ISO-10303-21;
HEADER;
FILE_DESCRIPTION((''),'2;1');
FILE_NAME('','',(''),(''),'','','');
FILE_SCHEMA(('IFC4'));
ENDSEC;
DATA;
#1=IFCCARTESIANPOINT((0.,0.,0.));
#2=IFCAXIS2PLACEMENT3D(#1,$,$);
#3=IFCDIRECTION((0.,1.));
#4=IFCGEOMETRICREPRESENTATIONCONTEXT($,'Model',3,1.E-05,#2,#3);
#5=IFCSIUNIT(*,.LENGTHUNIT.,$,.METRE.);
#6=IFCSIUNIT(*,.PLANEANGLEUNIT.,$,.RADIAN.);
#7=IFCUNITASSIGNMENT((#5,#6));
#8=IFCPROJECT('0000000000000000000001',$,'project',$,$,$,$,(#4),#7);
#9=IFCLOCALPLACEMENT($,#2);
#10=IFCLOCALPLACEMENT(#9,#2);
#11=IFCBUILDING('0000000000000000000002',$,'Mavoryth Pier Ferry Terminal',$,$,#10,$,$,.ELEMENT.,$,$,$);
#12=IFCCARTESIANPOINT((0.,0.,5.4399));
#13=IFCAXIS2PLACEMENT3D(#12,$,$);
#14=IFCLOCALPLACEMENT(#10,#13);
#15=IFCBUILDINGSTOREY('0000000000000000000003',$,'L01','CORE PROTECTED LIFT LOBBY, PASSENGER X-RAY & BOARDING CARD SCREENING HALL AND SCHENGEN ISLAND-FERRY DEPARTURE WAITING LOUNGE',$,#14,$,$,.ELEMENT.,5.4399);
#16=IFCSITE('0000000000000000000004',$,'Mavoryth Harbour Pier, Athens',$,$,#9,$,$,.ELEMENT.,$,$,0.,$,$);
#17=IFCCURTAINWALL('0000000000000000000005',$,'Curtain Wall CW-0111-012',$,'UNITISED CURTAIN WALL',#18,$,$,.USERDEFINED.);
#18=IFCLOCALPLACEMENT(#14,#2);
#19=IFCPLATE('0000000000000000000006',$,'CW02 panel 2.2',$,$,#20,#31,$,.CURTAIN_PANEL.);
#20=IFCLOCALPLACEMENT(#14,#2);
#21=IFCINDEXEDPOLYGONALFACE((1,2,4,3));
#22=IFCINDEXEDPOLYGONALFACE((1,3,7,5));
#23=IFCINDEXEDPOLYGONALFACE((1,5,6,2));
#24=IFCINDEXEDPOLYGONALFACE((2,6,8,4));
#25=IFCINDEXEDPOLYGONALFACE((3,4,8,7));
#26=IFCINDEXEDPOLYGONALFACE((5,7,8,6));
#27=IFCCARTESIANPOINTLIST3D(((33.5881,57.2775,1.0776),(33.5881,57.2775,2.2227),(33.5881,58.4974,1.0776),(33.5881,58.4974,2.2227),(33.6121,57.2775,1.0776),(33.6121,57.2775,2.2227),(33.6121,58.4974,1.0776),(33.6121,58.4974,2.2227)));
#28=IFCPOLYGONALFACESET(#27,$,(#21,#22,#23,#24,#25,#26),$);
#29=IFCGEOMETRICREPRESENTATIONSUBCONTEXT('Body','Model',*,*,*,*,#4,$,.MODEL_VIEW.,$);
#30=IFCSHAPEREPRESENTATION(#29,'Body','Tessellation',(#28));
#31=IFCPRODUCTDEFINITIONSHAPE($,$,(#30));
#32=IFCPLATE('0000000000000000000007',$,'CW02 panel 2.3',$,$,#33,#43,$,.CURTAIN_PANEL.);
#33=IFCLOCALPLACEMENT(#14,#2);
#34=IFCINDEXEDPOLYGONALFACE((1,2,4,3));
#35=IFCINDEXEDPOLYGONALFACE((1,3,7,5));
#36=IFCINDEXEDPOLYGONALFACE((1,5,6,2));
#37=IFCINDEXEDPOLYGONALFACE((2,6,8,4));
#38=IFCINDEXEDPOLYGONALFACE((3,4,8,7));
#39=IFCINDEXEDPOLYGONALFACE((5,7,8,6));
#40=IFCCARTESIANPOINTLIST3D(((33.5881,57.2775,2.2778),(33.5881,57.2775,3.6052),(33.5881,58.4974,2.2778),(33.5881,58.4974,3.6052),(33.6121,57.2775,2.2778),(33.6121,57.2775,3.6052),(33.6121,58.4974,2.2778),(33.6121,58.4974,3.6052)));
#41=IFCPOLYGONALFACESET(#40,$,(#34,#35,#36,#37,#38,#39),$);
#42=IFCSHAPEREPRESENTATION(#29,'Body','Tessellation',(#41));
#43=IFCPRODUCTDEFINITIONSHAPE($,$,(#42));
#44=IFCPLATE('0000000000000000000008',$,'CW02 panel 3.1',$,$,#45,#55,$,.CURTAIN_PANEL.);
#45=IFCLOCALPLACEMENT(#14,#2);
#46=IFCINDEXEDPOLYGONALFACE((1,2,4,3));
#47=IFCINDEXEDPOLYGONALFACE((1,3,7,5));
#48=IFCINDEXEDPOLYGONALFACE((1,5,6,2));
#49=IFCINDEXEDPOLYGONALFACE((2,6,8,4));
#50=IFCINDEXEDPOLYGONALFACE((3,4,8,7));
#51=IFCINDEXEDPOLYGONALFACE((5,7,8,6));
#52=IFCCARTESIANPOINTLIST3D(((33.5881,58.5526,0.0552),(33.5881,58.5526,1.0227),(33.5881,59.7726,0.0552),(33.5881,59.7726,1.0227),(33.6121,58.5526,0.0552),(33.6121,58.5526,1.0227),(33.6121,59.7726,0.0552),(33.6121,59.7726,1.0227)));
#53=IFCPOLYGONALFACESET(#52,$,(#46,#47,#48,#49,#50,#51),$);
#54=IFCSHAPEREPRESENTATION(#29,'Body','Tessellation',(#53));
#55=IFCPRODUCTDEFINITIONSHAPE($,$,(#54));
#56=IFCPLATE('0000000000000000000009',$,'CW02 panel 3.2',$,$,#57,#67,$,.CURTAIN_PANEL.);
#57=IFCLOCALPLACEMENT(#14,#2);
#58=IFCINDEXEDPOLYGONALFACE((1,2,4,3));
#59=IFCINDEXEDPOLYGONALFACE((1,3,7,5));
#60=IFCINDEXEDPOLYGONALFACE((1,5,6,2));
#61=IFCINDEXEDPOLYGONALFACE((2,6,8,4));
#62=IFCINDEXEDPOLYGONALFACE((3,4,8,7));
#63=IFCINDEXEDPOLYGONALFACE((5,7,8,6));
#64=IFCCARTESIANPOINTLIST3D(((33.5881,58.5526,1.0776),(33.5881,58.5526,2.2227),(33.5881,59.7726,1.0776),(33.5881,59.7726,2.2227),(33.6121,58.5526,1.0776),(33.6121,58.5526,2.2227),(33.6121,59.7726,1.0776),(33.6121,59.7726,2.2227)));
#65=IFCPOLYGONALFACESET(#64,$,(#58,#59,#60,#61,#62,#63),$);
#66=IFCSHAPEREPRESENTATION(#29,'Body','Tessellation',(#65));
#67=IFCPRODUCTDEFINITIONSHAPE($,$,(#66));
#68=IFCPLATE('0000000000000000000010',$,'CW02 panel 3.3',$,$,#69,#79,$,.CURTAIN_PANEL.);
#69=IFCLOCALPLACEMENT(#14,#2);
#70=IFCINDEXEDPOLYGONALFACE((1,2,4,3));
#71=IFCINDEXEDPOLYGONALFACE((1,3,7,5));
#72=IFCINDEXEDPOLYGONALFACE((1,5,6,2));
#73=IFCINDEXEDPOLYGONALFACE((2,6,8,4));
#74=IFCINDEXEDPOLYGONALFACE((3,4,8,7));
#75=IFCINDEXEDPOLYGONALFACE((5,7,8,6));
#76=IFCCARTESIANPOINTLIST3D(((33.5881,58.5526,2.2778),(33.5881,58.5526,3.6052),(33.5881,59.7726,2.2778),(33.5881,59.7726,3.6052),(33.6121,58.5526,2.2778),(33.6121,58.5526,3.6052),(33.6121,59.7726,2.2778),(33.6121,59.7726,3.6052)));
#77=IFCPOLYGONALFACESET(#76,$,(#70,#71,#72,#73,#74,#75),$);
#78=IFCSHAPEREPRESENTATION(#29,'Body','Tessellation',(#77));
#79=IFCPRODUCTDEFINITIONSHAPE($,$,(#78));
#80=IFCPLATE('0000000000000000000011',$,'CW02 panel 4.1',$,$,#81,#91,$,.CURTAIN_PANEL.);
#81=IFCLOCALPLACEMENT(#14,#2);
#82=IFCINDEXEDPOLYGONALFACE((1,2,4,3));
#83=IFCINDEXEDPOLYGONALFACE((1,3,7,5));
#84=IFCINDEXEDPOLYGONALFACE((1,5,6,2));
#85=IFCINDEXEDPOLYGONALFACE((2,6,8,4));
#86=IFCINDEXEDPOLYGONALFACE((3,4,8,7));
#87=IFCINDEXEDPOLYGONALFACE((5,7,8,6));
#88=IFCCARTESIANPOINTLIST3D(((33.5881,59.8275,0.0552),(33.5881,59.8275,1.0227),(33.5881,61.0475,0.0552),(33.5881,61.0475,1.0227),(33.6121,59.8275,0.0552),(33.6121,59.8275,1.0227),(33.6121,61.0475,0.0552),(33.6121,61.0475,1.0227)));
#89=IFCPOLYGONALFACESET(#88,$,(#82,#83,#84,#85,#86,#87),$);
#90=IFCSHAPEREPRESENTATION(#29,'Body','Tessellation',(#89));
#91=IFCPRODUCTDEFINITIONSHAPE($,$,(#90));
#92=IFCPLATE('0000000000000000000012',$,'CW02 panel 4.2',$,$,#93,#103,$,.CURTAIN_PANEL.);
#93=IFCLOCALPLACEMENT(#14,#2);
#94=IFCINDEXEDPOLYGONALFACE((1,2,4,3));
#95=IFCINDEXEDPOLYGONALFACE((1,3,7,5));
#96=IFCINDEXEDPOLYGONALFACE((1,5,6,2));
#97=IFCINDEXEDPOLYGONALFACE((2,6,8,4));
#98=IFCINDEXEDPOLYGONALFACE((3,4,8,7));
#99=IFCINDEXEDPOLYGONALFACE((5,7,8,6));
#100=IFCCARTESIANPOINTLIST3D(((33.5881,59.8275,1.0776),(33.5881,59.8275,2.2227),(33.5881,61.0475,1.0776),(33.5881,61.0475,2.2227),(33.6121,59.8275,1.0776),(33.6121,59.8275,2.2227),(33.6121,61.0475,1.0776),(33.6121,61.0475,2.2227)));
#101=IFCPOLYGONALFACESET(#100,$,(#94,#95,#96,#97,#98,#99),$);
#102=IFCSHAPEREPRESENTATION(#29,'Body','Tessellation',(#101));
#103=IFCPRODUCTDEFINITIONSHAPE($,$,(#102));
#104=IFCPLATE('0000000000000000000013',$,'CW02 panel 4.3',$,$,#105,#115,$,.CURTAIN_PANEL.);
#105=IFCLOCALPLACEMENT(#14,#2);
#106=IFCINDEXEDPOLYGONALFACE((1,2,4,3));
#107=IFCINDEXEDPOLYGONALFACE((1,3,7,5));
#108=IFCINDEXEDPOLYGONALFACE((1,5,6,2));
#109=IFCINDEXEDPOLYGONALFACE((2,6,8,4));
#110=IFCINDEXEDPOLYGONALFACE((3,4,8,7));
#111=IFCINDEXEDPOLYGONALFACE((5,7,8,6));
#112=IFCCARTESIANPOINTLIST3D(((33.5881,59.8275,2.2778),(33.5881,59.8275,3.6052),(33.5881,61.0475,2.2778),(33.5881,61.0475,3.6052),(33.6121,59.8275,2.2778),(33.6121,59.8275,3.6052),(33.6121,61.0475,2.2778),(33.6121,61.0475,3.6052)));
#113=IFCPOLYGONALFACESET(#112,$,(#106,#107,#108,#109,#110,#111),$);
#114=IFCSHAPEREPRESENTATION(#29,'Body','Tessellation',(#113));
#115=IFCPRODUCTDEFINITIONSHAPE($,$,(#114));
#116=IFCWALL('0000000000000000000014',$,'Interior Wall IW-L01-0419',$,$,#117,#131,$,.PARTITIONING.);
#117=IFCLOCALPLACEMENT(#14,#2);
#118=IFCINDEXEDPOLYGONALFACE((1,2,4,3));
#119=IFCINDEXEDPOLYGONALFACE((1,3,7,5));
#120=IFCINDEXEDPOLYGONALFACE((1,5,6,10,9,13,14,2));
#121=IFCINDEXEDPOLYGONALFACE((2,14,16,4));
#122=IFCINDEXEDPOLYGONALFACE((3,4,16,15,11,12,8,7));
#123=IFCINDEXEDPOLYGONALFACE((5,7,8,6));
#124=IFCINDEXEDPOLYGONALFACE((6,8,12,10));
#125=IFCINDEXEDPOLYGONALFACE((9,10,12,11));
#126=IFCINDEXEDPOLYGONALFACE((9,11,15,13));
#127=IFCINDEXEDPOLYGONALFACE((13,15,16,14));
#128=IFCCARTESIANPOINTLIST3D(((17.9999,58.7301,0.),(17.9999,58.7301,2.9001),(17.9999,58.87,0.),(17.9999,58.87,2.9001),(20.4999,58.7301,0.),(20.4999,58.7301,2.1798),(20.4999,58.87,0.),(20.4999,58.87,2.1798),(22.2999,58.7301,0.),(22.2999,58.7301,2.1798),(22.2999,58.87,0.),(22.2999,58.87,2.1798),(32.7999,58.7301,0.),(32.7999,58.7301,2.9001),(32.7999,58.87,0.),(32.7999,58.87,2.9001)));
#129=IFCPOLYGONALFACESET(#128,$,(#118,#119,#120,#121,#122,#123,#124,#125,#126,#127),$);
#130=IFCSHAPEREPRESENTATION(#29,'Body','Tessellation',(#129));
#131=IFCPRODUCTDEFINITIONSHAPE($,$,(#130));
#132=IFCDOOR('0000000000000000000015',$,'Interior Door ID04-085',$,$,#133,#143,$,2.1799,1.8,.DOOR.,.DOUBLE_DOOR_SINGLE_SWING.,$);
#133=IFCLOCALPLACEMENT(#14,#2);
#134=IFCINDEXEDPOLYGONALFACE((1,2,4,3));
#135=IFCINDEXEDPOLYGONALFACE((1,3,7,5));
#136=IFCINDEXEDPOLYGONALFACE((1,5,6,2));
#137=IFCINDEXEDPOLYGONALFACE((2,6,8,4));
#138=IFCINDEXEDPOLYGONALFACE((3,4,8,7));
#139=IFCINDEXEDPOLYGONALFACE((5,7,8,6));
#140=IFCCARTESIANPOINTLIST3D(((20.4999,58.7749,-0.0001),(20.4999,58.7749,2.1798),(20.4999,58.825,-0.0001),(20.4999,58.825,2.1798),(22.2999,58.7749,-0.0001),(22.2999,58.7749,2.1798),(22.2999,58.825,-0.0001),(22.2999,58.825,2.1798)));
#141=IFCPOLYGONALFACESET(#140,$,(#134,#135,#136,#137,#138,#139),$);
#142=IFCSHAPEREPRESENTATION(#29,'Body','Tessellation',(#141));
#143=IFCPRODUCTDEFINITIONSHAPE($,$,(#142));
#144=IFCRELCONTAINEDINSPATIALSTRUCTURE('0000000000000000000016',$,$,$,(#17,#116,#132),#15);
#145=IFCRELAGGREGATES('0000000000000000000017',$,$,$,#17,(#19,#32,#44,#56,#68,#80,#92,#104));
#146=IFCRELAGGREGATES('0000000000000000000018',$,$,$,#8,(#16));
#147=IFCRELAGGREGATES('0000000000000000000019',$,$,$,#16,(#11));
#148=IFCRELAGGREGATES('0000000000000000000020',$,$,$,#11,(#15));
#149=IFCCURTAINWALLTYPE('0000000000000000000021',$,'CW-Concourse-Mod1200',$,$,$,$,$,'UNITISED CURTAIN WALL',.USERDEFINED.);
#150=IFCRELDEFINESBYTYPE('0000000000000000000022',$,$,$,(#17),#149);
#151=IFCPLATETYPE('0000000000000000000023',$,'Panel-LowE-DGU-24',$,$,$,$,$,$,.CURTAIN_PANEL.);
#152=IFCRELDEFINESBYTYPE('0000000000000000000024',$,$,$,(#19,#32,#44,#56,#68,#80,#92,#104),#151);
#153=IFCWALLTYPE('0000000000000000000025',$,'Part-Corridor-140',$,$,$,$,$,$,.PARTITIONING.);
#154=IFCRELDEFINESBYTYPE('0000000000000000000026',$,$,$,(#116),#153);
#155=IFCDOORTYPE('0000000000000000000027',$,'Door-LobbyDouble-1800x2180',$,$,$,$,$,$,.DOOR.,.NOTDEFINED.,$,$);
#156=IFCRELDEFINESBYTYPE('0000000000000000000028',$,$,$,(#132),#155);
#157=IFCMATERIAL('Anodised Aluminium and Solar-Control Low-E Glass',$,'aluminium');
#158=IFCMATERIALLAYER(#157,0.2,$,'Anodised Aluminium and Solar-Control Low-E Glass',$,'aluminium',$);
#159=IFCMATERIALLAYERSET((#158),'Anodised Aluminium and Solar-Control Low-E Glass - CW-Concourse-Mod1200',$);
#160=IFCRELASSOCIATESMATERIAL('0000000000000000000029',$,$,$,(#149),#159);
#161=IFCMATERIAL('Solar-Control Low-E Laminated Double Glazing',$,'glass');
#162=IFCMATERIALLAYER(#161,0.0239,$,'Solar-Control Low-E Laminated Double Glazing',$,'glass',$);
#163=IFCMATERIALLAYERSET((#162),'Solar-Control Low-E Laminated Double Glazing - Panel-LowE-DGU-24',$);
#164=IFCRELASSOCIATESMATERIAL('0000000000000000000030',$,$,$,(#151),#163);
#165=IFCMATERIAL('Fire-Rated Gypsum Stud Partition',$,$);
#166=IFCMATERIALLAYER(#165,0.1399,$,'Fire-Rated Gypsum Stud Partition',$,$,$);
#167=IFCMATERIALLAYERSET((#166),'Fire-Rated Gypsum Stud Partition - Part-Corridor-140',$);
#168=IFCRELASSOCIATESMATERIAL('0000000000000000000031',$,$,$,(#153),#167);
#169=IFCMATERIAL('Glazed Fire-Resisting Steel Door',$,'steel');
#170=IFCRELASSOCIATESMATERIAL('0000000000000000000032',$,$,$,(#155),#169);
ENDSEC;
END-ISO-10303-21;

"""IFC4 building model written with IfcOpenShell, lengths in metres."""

from ifc_helpers import new_model, si_unit, direction, frame, frame_2d, origin, origin_2d, place, context, subcontext, project, spatial, rectangle, extrude, material, layer, layer_set, type_object, element, fill, aggregate, save


model = new_model("IFC4")

# Units and contexts
model_context = context("Model", 3, precision=1e-05, world=origin(), true_north=direction((0.0, 1.0)))
body_context = subcontext(model_context, "Body", "Model", "MODEL_VIEW")
ifc_project = project(units=[si_unit("LENGTHUNIT", "METRE"), si_unit("PLANEANGLEUNIT", "RADIAN")], contexts=[model_context])

# Site, building, storey
site_placement = place(None, origin())
site = spatial("IfcSite", under=ifc_project, at=site_placement, Name="Mavoryth Harbour Pier, Athens", CompositionType="ELEMENT", RefElevation=0.0)
building_placement = place(site_placement, origin())
building = spatial("IfcBuilding", under=site, at=building_placement, Name="Mavoryth Pier Ferry Terminal", CompositionType="ELEMENT")
storey_placement = place(building_placement, frame((0.0, 0.0, 5.4399)))
storey = spatial("IfcBuildingStorey", under=building, at=storey_placement, Name="L01", Description="CORE PROTECTED LIFT LOBBY, PASSENGER X-RAY & BOARDING CARD SCREENING HALL AND SCHENGEN ISLAND-FERRY DEPARTURE WAITING LOUNGE", CompositionType="ELEMENT", Elevation=5.4399)

# Curtain wall, plates
ifc_material_1 = material(Name="Anodised Aluminium and Solar-Control Low-E Glass", Category="aluminium")
ifc_layer_1 = layer(ifc_material_1, 0.2, Name="Anodised Aluminium and Solar-Control Low-E Glass", Category="aluminium")
ifc_layer_set_1 = layer_set([ifc_layer_1], Name="Anodised Aluminium and Solar-Control Low-E Glass - CW-Concourse-Mod1200")
curtain_wall_type = type_object("IfcCurtainWallType", Name="CW-Concourse-Mod1200", ElementType="UNITISED CURTAIN WALL", PredefinedType="USERDEFINED", material=ifc_layer_set_1)
curtain_wall_placement = place(storey_placement, origin())
curtain_wall = element("IfcCurtainWall", 1, at=curtain_wall_placement, inside=storey, type_object=curtain_wall_type, Name="Curtain Wall CW-0111-012", ObjectType="UNITISED CURTAIN WALL", PredefinedType="USERDEFINED")
ifc_material_2 = material(Name="Solar-Control Low-E Laminated Double Glazing", Category="glass")
ifc_layer_2 = layer(ifc_material_2, 0.0239, Name="Solar-Control Low-E Laminated Double Glazing", Category="glass")
ifc_layer_set_2 = layer_set([ifc_layer_2], Name="Solar-Control Low-E Laminated Double Glazing - Panel-LowE-DGU-24")
plate_type = type_object("IfcPlateType", Name="Panel-LowE-DGU-24", PredefinedType="CURTAIN_PANEL", material=ifc_layer_set_2)
plate_1_placement = place(storey_placement, frame((33.6001, 57.8875, 1.0776), z_axis=(0.0, 0.0, 1.0), x_axis=(0.0, 1.0, 0.0)))
plate_1 = element("IfcPlate", 2, at=plate_1_placement, type_object=plate_type, Name="CW02 panel 2.2", PredefinedType="CURTAIN_PANEL", context=body_context, shape_type="SweptSolid", body=[
    extrude(rectangle(XDim=1.22, YDim=0.0239, at=origin_2d()), origin(), (0.0, 0.0, 1.0), 1.145),
])
plate_2_placement = place(storey_placement, frame((33.6001, 57.8875, 2.2778), z_axis=(0.0, 0.0, 1.0), x_axis=(0.0, 1.0, 0.0)))
plate_2 = element("IfcPlate", 3, at=plate_2_placement, type_object=plate_type, Name="CW02 panel 2.3", PredefinedType="CURTAIN_PANEL", context=body_context, shape_type="SweptSolid", body=[
    extrude(rectangle(XDim=1.22, YDim=0.0239, at=origin_2d()), origin(), (0.0, 0.0, 1.0), 1.3274),
])
plate_3_placement = place(storey_placement, frame((33.6001, 59.1626, 0.0552), z_axis=(0.0, 0.0, 1.0), x_axis=(0.0, 1.0, 0.0)))
plate_3 = element("IfcPlate", 4, at=plate_3_placement, type_object=plate_type, Name="CW02 panel 3.1", PredefinedType="CURTAIN_PANEL", context=body_context, shape_type="SweptSolid", body=[
    extrude(rectangle(XDim=1.22, YDim=0.0239, at=origin_2d()), origin(), (0.0, 0.0, 1.0), 0.9675),
])
plate_4_placement = place(storey_placement, frame((33.6001, 59.1626, 1.0776), z_axis=(0.0, 0.0, 1.0), x_axis=(0.0, 1.0, 0.0)))
plate_4 = element("IfcPlate", 5, at=plate_4_placement, type_object=plate_type, Name="CW02 panel 3.2", PredefinedType="CURTAIN_PANEL", context=body_context, shape_type="SweptSolid", body=[
    extrude(rectangle(XDim=1.22, YDim=0.0239, at=origin_2d()), origin(), (0.0, 0.0, 1.0), 1.145),
])
plate_5_placement = place(storey_placement, frame((33.6001, 59.1626, 2.2778), z_axis=(0.0, 0.0, 1.0), x_axis=(0.0, 1.0, 0.0)))
plate_5 = element("IfcPlate", 6, at=plate_5_placement, type_object=plate_type, Name="CW02 panel 3.3", PredefinedType="CURTAIN_PANEL", context=body_context, shape_type="SweptSolid", body=[
    extrude(rectangle(XDim=1.22, YDim=0.0239, at=origin_2d()), origin(), (0.0, 0.0, 1.0), 1.3274),
])
plate_6_placement = place(storey_placement, frame((33.6001, 60.4375, 0.0552), z_axis=(0.0, 0.0, 1.0), x_axis=(0.0, 1.0, 0.0)))
plate_6 = element("IfcPlate", 7, at=plate_6_placement, type_object=plate_type, Name="CW02 panel 4.1", PredefinedType="CURTAIN_PANEL", context=body_context, shape_type="SweptSolid", body=[
    extrude(rectangle(XDim=1.22, YDim=0.0239, at=origin_2d()), origin(), (0.0, 0.0, 1.0), 0.9675),
])
plate_7_placement = place(storey_placement, frame((33.6001, 60.4375, 1.0776), z_axis=(0.0, 0.0, 1.0), x_axis=(0.0, 1.0, 0.0)))
plate_7 = element("IfcPlate", 8, at=plate_7_placement, type_object=plate_type, Name="CW02 panel 4.2", PredefinedType="CURTAIN_PANEL", context=body_context, shape_type="SweptSolid", body=[
    extrude(rectangle(XDim=1.22, YDim=0.0239, at=origin_2d()), origin(), (0.0, 0.0, 1.0), 1.145),
])
plate_8_placement = place(storey_placement, frame((33.6001, 60.4375, 2.2778), z_axis=(0.0, 0.0, 1.0), x_axis=(0.0, 1.0, 0.0)))
plate_8 = element("IfcPlate", 9, at=plate_8_placement, type_object=plate_type, Name="CW02 panel 4.3", PredefinedType="CURTAIN_PANEL", context=body_context, shape_type="SweptSolid", body=[
    extrude(rectangle(XDim=1.22, YDim=0.0239, at=origin_2d()), origin(), (0.0, 0.0, 1.0), 1.3274),
])
aggregate(curtain_wall, [plate_1, plate_2, plate_3, plate_4, plate_5, plate_6, plate_7, plate_8])

# Wall, opening, door
ifc_material_3 = material(Name="Fire-Rated Gypsum Stud Partition")
ifc_layer_3 = layer(ifc_material_3, 0.1399, Name="Fire-Rated Gypsum Stud Partition")
ifc_layer_set_3 = layer_set([ifc_layer_3], Name="Fire-Rated Gypsum Stud Partition - Part-Corridor-140")
wall_type = type_object("IfcWallType", Name="Part-Corridor-140", PredefinedType="PARTITIONING", material=ifc_layer_set_3)
wall_placement = place(storey_placement, frame((18.0, 58.8, 0.0), z_axis=(0.0, 0.0, 1.0), x_axis=(1.0, 0.0, 0.0)))
wall = element("IfcWall", 10, at=wall_placement, inside=storey, type_object=wall_type, Name="Interior Wall IW-L01-0419", PredefinedType="PARTITIONING", context=body_context, shape_type="SweptSolid", body=[
    extrude(rectangle(XDim=14.8, YDim=0.1399, at=frame_2d((7.3999, 0.0))), origin(), (0.0, 0.0, 1.0), 2.9001),
])
opening_placement = place(wall_placement, frame((2.5, 0.0, 0.0)))
opening = element("IfcOpeningElement", 11, at=opening_placement, cuts=wall, PredefinedType="OPENING", context=body_context, shape_type="SweptSolid", body=[
    extrude(rectangle(XDim=1.8, YDim=2.1799, at=frame_2d((0.8999, 1.0898))), frame((0.0, 0.0798, 0.0), z_axis=(0.0, -1.0, 0.0), x_axis=(1.0, 0.0, 0.0)), (0.0, 0.0, 1.0), 0.1599),
])
ifc_material_4 = material(Name="Glazed Fire-Resisting Steel Door", Category="steel")
door_type = type_object("IfcDoorType", Name="Door-LobbyDouble-1800x2180", OperationType="NOTDEFINED", PredefinedType="DOOR", material=ifc_material_4)
door_placement = place(opening_placement, origin())
door = element("IfcDoor", 12, at=door_placement, inside=storey, type_object=door_type, Name="Interior Door ID04-085", OperationType="DOUBLE_DOOR_SINGLE_SWING", OverallHeight=2.1799, OverallWidth=1.8, PredefinedType="DOOR", context=body_context, shape_type="SweptSolid", body=[
    extrude(rectangle(XDim=1.8, YDim=2.1799, at=frame_2d((0.8999, 1.0898))), frame((0.0, 0.0249, 0.0), z_axis=(0.0, -1.0, 0.0), x_axis=(1.0, 0.0, 0.0)), (0.0, 0.0, 1.0), 0.05),
])
fill(opening, door)

save(model, "model.ifc")
